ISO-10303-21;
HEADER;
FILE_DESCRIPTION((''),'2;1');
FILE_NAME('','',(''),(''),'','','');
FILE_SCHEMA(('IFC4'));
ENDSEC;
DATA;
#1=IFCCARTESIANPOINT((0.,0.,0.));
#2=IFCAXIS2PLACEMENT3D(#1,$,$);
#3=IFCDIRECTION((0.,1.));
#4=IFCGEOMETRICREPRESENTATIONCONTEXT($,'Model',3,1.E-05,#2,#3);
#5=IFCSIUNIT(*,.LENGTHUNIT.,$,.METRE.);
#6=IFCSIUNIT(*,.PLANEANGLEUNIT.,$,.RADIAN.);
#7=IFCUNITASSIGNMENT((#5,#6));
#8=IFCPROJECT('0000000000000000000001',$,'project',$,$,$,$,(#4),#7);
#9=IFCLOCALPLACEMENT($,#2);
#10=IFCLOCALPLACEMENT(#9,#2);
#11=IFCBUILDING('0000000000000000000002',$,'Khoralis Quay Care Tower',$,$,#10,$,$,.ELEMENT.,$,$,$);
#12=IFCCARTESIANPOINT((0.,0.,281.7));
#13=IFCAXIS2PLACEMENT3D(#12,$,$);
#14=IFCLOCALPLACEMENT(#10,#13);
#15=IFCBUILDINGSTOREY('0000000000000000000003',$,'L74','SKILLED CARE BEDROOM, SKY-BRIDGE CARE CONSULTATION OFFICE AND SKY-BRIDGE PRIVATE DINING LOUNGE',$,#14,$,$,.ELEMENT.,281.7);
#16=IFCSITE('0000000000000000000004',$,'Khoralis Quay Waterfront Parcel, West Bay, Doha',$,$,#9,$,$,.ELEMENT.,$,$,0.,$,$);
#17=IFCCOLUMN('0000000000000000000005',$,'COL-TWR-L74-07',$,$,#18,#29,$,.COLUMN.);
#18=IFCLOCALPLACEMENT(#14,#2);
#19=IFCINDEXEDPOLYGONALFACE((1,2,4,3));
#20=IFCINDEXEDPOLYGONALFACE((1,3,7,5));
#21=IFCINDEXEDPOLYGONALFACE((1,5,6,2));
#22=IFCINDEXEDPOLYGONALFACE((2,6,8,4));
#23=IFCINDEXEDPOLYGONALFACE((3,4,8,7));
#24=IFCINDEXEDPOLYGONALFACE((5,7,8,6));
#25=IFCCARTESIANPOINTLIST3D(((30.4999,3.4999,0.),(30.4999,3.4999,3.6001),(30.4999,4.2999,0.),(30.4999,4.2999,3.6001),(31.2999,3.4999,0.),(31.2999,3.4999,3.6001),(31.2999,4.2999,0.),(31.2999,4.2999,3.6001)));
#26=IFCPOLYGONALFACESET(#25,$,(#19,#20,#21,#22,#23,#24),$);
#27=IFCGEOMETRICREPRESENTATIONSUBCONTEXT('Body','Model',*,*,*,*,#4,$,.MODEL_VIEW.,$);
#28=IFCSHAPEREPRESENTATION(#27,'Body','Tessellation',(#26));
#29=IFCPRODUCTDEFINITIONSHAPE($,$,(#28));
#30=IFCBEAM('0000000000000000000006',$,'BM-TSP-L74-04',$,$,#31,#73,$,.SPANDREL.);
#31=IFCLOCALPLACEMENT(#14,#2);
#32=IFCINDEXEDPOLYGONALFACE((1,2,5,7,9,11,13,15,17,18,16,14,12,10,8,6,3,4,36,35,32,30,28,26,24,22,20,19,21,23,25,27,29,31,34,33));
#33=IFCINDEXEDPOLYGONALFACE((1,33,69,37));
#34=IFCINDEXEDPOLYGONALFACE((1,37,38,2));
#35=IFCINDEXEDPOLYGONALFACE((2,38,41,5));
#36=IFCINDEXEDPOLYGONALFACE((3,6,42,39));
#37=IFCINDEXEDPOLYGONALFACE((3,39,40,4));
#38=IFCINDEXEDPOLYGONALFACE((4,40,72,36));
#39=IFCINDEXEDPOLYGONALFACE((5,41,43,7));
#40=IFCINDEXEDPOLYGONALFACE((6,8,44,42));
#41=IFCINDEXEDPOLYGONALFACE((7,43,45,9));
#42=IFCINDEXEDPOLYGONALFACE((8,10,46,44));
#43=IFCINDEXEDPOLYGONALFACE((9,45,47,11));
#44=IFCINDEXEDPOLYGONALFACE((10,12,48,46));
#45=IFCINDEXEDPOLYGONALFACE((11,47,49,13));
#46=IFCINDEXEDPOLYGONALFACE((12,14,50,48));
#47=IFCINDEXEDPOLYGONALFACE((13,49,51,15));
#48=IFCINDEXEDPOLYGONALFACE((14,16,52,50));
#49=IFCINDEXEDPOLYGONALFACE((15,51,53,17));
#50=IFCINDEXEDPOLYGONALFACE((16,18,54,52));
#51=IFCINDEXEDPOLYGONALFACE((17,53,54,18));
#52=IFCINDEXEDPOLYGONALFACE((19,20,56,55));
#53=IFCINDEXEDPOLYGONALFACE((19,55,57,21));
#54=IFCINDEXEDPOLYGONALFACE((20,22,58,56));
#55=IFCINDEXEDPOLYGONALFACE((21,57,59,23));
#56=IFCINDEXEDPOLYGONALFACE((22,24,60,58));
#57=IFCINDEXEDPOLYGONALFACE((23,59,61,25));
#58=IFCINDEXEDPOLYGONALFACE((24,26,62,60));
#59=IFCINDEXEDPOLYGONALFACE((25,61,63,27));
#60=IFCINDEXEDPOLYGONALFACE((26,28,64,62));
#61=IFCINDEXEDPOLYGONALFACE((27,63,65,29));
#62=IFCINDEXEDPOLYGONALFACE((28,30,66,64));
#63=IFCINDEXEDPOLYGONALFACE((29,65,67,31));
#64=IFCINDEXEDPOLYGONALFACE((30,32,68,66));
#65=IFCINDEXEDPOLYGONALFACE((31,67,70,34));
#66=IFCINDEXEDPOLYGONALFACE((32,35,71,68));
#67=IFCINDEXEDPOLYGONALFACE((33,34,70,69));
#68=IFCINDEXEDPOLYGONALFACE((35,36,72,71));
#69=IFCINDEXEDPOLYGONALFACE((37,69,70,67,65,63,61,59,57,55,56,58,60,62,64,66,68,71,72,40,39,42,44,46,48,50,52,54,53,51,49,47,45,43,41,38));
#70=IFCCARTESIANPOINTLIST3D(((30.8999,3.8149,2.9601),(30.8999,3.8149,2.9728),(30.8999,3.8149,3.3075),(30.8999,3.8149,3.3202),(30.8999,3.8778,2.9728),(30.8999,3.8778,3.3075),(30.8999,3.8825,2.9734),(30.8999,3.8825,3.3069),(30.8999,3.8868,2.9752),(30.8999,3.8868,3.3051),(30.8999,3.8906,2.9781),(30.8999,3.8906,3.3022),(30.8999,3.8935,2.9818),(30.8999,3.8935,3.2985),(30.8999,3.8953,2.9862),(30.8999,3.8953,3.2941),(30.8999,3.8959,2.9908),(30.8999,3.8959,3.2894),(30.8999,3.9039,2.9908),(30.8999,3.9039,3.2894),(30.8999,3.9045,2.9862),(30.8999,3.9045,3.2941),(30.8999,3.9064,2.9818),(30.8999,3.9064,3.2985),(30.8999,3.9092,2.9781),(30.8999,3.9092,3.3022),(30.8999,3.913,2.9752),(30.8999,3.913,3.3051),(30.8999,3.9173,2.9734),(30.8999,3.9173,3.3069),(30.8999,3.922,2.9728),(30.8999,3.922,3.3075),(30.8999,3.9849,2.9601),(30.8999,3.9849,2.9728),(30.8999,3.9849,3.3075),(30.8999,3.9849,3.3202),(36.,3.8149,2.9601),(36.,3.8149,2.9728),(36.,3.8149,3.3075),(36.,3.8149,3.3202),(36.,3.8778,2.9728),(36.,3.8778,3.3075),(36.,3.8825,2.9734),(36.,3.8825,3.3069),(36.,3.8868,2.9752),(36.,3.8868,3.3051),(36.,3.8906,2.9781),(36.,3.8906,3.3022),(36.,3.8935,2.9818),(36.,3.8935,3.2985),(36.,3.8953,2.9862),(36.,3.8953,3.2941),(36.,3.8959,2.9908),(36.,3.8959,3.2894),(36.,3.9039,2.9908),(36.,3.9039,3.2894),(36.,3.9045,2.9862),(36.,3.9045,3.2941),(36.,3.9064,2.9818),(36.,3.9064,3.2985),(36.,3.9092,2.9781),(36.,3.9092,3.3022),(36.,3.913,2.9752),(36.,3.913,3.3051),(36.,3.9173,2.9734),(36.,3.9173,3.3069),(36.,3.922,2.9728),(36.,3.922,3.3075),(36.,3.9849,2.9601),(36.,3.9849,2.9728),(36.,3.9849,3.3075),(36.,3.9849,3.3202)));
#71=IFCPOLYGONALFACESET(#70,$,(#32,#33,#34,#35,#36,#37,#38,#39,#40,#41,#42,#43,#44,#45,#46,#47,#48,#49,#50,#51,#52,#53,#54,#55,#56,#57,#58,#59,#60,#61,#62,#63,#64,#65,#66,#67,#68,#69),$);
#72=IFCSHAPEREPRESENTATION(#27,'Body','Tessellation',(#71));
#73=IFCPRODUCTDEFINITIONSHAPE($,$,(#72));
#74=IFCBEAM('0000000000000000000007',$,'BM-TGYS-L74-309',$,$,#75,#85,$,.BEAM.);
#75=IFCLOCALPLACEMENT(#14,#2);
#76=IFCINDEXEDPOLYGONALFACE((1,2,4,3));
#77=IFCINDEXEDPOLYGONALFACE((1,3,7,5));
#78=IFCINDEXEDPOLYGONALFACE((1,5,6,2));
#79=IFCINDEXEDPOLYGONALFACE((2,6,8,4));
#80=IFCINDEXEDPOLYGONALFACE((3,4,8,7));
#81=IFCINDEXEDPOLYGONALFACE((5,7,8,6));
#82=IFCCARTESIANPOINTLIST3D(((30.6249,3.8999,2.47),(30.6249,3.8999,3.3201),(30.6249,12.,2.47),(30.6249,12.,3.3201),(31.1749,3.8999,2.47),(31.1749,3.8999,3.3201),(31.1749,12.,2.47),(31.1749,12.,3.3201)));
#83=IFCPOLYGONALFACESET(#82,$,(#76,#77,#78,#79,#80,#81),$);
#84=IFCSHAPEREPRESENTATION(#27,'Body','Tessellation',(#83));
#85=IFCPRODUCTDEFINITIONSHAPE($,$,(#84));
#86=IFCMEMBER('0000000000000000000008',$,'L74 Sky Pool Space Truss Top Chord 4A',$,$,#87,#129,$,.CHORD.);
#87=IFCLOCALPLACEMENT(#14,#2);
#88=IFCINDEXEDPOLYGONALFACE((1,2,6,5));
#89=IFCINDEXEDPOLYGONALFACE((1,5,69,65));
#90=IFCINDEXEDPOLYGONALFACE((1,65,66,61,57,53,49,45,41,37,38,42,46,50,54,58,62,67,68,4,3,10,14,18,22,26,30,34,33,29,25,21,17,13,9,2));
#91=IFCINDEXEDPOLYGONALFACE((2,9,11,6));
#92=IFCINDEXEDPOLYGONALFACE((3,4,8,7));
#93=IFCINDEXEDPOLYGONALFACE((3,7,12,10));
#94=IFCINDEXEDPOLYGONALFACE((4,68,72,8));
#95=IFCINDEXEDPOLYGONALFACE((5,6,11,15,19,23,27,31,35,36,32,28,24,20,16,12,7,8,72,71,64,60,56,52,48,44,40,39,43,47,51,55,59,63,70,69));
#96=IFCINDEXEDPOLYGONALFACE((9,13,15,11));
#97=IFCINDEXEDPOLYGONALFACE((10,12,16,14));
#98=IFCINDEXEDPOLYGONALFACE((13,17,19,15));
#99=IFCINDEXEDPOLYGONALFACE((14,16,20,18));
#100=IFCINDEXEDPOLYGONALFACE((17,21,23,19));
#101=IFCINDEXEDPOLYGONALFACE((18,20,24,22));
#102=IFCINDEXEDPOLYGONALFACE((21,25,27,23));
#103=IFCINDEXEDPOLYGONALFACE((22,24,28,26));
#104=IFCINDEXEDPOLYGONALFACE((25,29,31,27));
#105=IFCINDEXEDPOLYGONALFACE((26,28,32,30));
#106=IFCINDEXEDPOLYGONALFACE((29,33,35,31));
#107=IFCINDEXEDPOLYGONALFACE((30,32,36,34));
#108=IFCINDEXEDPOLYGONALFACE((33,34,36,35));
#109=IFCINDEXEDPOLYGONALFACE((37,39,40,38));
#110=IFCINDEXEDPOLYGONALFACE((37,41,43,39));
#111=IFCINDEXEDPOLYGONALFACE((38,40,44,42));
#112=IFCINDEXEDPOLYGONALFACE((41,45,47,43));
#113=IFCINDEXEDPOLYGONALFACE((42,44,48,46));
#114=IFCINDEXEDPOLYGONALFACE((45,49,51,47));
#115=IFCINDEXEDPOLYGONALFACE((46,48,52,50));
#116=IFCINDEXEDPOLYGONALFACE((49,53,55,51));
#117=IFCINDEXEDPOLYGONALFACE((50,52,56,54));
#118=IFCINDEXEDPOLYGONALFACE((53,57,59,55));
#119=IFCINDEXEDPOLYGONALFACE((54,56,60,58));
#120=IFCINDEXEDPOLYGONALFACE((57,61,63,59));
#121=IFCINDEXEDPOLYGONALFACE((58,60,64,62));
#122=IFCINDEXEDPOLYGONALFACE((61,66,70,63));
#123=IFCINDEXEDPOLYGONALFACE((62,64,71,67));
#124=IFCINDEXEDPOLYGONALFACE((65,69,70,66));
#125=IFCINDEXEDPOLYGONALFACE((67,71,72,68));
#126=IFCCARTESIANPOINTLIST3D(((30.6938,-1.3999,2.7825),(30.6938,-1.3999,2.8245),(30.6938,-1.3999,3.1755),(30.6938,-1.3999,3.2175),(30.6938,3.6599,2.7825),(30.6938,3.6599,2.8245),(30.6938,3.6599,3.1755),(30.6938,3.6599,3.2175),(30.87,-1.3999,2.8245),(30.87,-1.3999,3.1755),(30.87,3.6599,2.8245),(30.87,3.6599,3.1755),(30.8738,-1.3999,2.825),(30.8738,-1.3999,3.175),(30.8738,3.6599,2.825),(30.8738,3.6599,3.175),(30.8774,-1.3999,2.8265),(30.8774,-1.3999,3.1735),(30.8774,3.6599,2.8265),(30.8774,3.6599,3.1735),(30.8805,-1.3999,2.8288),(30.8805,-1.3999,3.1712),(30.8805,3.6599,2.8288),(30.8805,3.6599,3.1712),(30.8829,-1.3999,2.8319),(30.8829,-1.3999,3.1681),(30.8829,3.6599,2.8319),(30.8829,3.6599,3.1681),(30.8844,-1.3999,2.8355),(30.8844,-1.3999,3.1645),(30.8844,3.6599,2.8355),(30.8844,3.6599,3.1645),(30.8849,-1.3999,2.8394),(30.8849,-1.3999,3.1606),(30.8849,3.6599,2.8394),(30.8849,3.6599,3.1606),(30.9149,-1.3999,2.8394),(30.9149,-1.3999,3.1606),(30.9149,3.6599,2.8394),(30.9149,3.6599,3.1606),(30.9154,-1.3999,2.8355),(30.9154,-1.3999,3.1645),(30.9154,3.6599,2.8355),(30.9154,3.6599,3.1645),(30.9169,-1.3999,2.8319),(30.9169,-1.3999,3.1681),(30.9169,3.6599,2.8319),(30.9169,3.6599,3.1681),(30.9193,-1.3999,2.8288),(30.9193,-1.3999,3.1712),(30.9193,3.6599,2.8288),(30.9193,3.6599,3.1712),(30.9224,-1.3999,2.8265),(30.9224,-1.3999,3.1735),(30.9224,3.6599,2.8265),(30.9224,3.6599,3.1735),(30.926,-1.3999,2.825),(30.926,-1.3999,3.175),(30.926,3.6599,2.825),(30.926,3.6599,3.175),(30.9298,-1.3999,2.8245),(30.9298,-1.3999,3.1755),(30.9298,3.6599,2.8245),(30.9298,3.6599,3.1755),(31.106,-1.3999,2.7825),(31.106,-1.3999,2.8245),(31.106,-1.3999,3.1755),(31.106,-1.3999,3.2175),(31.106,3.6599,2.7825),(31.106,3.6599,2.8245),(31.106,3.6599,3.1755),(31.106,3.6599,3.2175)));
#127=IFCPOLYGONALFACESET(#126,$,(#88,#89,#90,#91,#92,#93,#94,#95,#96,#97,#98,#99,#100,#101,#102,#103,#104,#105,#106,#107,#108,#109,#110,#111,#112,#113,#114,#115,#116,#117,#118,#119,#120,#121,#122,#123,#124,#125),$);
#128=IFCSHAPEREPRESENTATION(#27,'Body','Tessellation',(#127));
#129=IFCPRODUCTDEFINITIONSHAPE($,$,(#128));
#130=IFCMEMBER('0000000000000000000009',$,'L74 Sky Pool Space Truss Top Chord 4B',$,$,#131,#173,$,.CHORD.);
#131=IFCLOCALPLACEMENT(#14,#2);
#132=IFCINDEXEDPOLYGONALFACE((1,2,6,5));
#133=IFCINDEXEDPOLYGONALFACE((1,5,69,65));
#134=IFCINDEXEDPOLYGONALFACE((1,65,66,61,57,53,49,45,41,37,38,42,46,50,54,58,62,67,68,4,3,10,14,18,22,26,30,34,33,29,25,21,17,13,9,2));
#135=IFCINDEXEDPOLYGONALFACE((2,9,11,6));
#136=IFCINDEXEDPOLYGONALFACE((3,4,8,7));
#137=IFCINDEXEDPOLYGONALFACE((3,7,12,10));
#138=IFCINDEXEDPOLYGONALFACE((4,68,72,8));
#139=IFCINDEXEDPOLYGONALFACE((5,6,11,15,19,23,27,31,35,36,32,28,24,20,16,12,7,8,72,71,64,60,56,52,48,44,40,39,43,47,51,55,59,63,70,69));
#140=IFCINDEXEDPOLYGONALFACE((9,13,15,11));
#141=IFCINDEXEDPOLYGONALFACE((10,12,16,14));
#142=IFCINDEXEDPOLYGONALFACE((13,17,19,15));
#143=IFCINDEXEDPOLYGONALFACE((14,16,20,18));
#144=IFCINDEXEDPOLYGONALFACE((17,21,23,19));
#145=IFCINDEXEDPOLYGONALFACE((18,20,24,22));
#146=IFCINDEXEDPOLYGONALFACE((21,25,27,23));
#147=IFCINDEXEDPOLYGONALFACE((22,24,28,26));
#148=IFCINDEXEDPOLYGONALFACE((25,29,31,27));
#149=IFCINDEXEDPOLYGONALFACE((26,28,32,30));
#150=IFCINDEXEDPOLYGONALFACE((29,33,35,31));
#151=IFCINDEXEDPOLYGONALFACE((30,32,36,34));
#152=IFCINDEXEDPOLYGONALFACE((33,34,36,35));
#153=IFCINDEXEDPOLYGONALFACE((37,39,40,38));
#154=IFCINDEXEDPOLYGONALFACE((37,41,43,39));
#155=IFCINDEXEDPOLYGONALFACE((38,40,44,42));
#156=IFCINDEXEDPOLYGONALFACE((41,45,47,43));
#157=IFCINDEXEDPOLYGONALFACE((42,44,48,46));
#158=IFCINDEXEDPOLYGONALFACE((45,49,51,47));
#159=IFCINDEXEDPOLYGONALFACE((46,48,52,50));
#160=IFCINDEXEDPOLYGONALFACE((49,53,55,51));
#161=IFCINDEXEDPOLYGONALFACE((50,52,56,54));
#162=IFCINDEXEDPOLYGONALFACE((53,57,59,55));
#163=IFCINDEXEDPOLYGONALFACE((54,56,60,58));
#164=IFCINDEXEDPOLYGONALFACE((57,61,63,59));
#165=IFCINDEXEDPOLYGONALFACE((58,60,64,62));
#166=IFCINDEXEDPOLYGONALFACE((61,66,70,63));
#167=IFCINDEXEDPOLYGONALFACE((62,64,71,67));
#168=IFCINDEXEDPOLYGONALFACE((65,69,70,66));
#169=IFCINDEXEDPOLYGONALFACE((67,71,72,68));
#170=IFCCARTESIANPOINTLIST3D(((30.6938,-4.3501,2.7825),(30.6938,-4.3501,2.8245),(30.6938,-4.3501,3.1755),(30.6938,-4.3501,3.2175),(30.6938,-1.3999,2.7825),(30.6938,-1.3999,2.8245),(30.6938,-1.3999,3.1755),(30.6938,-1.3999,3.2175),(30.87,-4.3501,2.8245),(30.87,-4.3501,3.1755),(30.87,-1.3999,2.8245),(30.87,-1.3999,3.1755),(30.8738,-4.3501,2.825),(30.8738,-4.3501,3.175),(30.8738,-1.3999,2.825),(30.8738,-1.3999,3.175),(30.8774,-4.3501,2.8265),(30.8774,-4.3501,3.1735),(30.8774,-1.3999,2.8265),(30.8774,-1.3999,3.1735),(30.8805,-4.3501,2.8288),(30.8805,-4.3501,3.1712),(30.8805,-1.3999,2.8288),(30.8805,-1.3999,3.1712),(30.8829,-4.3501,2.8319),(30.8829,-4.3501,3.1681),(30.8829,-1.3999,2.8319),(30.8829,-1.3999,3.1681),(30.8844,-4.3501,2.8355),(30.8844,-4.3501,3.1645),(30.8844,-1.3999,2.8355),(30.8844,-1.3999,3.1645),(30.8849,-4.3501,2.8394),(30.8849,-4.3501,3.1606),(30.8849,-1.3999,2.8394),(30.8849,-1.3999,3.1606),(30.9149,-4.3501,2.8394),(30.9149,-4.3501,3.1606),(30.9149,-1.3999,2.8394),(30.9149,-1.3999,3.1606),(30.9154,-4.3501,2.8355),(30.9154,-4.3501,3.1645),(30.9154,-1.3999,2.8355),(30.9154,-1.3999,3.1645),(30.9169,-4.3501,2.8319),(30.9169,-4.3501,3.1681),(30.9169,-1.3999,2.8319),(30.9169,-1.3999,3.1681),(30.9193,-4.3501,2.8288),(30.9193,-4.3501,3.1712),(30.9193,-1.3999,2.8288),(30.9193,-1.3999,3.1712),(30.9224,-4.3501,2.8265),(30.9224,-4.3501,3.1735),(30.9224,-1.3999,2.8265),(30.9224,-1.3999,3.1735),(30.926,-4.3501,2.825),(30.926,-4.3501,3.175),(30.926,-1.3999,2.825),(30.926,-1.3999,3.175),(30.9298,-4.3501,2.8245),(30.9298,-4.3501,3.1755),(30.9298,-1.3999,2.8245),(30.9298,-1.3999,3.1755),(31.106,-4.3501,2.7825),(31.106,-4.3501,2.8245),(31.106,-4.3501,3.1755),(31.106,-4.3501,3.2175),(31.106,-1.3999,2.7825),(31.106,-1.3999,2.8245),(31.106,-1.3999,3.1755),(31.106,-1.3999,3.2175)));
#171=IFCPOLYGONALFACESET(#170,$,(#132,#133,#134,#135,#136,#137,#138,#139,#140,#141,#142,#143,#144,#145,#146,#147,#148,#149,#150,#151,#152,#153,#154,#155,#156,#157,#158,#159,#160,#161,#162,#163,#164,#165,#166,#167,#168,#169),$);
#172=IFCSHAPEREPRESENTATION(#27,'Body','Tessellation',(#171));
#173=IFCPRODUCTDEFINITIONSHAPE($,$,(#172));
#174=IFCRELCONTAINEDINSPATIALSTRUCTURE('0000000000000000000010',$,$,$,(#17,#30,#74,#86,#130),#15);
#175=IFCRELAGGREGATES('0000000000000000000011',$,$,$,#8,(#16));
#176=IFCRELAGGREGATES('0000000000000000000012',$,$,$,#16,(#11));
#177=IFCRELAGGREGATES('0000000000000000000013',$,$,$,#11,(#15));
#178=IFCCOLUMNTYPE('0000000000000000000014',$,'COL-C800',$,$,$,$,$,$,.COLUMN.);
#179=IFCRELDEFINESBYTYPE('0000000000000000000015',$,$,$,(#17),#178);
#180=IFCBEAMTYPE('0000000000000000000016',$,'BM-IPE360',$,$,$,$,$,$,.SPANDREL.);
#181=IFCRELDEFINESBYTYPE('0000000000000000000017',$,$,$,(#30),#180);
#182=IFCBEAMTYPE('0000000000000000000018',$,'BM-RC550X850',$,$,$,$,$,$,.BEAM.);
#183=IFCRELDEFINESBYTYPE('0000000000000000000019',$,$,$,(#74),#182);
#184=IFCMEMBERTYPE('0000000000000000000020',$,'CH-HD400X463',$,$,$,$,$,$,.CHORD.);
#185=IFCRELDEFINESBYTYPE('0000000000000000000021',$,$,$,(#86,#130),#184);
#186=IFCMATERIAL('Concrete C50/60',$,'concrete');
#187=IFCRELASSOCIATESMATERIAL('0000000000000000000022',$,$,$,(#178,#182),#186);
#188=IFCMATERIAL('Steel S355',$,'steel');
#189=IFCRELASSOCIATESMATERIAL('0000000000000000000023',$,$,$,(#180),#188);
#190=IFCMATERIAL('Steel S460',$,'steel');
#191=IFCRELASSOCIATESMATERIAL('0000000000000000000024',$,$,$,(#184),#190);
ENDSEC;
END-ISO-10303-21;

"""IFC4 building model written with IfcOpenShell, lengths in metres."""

from ifc_helpers import new_model, si_unit, direction, frame, origin, origin_2d, place, context, subcontext, project, spatial, rectangle, i_section, extrude, source, transform, mapped, material, material_profile, profile_set, type_object, element, save


model = new_model("IFC4")

# Units and contexts
model_context = context("Model", 3, precision=1e-05, world=origin(), true_north=direction((0.0, 1.0)))
body_context = subcontext(model_context, "Body", "Model", "MODEL_VIEW")
ifc_project = project(units=[si_unit("LENGTHUNIT", "METRE"), si_unit("PLANEANGLEUNIT", "RADIAN")], contexts=[model_context])

# Site, building, storey
site_placement = place(None, origin())
site = spatial("IfcSite", under=ifc_project, at=site_placement, Name="Khoralis Quay Waterfront Parcel, West Bay, Doha", CompositionType="ELEMENT", RefElevation=0.0)
building_placement = place(site_placement, origin())
building = spatial("IfcBuilding", under=site, at=building_placement, Name="Khoralis Quay Care Tower", CompositionType="ELEMENT")
storey_placement = place(building_placement, frame((0.0, 0.0, 281.7)))
storey = spatial("IfcBuildingStorey", under=building, at=storey_placement, Name="L74", Description="SKILLED CARE BEDROOM, SKY-BRIDGE CARE CONSULTATION OFFICE AND SKY-BRIDGE PRIVATE DINING LOUNGE", CompositionType="ELEMENT", Elevation=281.7)

# Column
ifc_material_1 = material(Name="Concrete C50/60", Category="concrete")
ifc_material_profile_1 = material_profile(ifc_material_1, rectangle(XDim=0.8, YDim=0.8, at=origin_2d()), Name="Concrete C50/60")
ifc_profile_set_1 = profile_set([ifc_material_profile_1], Name="Concrete C50/60")
column_type = type_object("IfcColumnType", Name="COL-C800", PredefinedType="COLUMN", material=ifc_profile_set_1)
shared_shape_1 = source(origin(), body_context, "Body", "SweptSolid", [
    extrude(rectangle(XDim=0.8, YDim=0.8, at=origin_2d()), origin(), (0.0, 0.0, 1.0), 3.6001),
])
column_placement = place(storey_placement, frame((30.8999, 3.8999, 0.0), z_axis=(0.0, 0.0, 1.0), x_axis=(1.0, 0.0, 0.0)))
element("IfcColumn", 1, at=column_placement, inside=storey, type_object=column_type, Name="COL-TWR-L74-07", PredefinedType="COLUMN", context=body_context, shape_type="MappedRepresentation", body=[
    mapped(shared_shape_1, transform((0.0, 0.0, 0.0), scale=1.0)),
])

# Beams
ifc_material_2 = material(Name="Steel S355", Category="steel")
ifc_material_profile_2 = material_profile(ifc_material_2, i_section(OverallWidth=0.1699, OverallDepth=0.3601, WebThickness=0.0081, FlangeThickness=0.0127, FilletRadius=0.0181, at=origin_2d()), Name="Steel S355")
ifc_profile_set_2 = profile_set([ifc_material_profile_2], Name="Steel S355")
beam_type_1 = type_object("IfcBeamType", Name="BM-IPE360", PredefinedType="SPANDREL", material=ifc_profile_set_2)
shared_shape_2 = source(origin(), body_context, "Body", "SweptSolid", [
    extrude(i_section(OverallWidth=0.1699, OverallDepth=0.3601, WebThickness=0.0081, FlangeThickness=0.0127, FilletRadius=0.0181, at=origin_2d()), origin(), (0.0, 0.0, 1.0), 5.1001),
])
beam_1_placement = place(storey_placement, frame((30.8999, 3.8999, 3.1401), z_axis=(1.0, 0.0, 0.0), x_axis=(0.0, 1.0, 0.0)))
element("IfcBeam", 2, at=beam_1_placement, inside=storey, type_object=beam_type_1, Name="BM-TSP-L74-04", PredefinedType="SPANDREL", context=body_context, shape_type="MappedRepresentation", body=[
    mapped(shared_shape_2, transform((0.0, 0.0, 0.0), scale=1.0)),
])
ifc_material_profile_3 = material_profile(ifc_material_1, rectangle(XDim=0.55, YDim=0.8501, at=origin_2d()), Name="Concrete C50/60")
ifc_profile_set_3 = profile_set([ifc_material_profile_3], Name="Concrete C50/60")
beam_type_2 = type_object("IfcBeamType", Name="BM-RC550X850", PredefinedType="BEAM", material=ifc_profile_set_3)
shared_shape_3 = source(origin(), body_context, "Body", "SweptSolid", [
    extrude(rectangle(XDim=0.55, YDim=0.8501, at=origin_2d()), origin(), (0.0, 0.0, 1.0), 8.1001),
])
beam_2_placement = place(storey_placement, frame((30.8999, 3.8999, 2.895), z_axis=(0.0, 1.0, 0.0), x_axis=(-1.0, 0.0, 0.0)))
element("IfcBeam", 3, at=beam_2_placement, inside=storey, type_object=beam_type_2, Name="BM-TGYS-L74-309", PredefinedType="BEAM", context=body_context, shape_type="MappedRepresentation", body=[
    mapped(shared_shape_3, transform((0.0, 0.0, 0.0), scale=1.0)),
])

# Members
ifc_material_3 = material(Name="Steel S460", Category="steel")
ifc_material_profile_4 = material_profile(ifc_material_3, i_section(OverallWidth=0.4121, OverallDepth=0.4351, WebThickness=0.03, FlangeThickness=0.042, FilletRadius=0.0149, at=origin_2d()), Name="Steel S460")
ifc_profile_set_4 = profile_set([ifc_material_profile_4], Name="Steel S460")
member_type_1 = type_object("IfcMemberType", Name="CH-HD400X463", PredefinedType="CHORD", material=ifc_profile_set_4)
shared_shape_4 = source(origin(), body_context, "Body", "SweptSolid", [
    extrude(i_section(OverallWidth=0.4121, OverallDepth=0.4351, WebThickness=0.03, FlangeThickness=0.042, FilletRadius=0.0149, at=origin_2d()), origin(), (0.0, 0.0, 1.0), 5.0598),
])
member_1_placement = place(storey_placement, frame((30.8999, 3.6599, 3.0), z_axis=(0.0, -1.0, 0.0), x_axis=(1.0, 0.0, 0.0)))
element("IfcMember", 4, at=member_1_placement, inside=storey, type_object=member_type_1, Name="L74 Sky Pool Space Truss Top Chord 4A", PredefinedType="CHORD", context=body_context, shape_type="MappedRepresentation", body=[
    mapped(shared_shape_4, transform((0.0, 0.0, 0.0), scale=1.0)),
])
shared_shape_5 = source(origin(), body_context, "Body", "SweptSolid", [
    extrude(i_section(OverallWidth=0.4121, OverallDepth=0.4351, WebThickness=0.03, FlangeThickness=0.042, FilletRadius=0.0149, at=origin_2d()), origin(), (0.0, 0.0, 1.0), 2.9502),
])
member_2_placement = place(storey_placement, frame((30.8999, -1.3999, 3.0), z_axis=(0.0, -1.0, 0.0), x_axis=(1.0, 0.0, 0.0)))
element("IfcMember", 5, at=member_2_placement, inside=storey, type_object=member_type_1, Name="L74 Sky Pool Space Truss Top Chord 4B", PredefinedType="CHORD", context=body_context, shape_type="MappedRepresentation", body=[
    mapped(shared_shape_5, transform((0.0, 0.0, 0.0), scale=1.0)),
])

save(model, "model.ifc")
